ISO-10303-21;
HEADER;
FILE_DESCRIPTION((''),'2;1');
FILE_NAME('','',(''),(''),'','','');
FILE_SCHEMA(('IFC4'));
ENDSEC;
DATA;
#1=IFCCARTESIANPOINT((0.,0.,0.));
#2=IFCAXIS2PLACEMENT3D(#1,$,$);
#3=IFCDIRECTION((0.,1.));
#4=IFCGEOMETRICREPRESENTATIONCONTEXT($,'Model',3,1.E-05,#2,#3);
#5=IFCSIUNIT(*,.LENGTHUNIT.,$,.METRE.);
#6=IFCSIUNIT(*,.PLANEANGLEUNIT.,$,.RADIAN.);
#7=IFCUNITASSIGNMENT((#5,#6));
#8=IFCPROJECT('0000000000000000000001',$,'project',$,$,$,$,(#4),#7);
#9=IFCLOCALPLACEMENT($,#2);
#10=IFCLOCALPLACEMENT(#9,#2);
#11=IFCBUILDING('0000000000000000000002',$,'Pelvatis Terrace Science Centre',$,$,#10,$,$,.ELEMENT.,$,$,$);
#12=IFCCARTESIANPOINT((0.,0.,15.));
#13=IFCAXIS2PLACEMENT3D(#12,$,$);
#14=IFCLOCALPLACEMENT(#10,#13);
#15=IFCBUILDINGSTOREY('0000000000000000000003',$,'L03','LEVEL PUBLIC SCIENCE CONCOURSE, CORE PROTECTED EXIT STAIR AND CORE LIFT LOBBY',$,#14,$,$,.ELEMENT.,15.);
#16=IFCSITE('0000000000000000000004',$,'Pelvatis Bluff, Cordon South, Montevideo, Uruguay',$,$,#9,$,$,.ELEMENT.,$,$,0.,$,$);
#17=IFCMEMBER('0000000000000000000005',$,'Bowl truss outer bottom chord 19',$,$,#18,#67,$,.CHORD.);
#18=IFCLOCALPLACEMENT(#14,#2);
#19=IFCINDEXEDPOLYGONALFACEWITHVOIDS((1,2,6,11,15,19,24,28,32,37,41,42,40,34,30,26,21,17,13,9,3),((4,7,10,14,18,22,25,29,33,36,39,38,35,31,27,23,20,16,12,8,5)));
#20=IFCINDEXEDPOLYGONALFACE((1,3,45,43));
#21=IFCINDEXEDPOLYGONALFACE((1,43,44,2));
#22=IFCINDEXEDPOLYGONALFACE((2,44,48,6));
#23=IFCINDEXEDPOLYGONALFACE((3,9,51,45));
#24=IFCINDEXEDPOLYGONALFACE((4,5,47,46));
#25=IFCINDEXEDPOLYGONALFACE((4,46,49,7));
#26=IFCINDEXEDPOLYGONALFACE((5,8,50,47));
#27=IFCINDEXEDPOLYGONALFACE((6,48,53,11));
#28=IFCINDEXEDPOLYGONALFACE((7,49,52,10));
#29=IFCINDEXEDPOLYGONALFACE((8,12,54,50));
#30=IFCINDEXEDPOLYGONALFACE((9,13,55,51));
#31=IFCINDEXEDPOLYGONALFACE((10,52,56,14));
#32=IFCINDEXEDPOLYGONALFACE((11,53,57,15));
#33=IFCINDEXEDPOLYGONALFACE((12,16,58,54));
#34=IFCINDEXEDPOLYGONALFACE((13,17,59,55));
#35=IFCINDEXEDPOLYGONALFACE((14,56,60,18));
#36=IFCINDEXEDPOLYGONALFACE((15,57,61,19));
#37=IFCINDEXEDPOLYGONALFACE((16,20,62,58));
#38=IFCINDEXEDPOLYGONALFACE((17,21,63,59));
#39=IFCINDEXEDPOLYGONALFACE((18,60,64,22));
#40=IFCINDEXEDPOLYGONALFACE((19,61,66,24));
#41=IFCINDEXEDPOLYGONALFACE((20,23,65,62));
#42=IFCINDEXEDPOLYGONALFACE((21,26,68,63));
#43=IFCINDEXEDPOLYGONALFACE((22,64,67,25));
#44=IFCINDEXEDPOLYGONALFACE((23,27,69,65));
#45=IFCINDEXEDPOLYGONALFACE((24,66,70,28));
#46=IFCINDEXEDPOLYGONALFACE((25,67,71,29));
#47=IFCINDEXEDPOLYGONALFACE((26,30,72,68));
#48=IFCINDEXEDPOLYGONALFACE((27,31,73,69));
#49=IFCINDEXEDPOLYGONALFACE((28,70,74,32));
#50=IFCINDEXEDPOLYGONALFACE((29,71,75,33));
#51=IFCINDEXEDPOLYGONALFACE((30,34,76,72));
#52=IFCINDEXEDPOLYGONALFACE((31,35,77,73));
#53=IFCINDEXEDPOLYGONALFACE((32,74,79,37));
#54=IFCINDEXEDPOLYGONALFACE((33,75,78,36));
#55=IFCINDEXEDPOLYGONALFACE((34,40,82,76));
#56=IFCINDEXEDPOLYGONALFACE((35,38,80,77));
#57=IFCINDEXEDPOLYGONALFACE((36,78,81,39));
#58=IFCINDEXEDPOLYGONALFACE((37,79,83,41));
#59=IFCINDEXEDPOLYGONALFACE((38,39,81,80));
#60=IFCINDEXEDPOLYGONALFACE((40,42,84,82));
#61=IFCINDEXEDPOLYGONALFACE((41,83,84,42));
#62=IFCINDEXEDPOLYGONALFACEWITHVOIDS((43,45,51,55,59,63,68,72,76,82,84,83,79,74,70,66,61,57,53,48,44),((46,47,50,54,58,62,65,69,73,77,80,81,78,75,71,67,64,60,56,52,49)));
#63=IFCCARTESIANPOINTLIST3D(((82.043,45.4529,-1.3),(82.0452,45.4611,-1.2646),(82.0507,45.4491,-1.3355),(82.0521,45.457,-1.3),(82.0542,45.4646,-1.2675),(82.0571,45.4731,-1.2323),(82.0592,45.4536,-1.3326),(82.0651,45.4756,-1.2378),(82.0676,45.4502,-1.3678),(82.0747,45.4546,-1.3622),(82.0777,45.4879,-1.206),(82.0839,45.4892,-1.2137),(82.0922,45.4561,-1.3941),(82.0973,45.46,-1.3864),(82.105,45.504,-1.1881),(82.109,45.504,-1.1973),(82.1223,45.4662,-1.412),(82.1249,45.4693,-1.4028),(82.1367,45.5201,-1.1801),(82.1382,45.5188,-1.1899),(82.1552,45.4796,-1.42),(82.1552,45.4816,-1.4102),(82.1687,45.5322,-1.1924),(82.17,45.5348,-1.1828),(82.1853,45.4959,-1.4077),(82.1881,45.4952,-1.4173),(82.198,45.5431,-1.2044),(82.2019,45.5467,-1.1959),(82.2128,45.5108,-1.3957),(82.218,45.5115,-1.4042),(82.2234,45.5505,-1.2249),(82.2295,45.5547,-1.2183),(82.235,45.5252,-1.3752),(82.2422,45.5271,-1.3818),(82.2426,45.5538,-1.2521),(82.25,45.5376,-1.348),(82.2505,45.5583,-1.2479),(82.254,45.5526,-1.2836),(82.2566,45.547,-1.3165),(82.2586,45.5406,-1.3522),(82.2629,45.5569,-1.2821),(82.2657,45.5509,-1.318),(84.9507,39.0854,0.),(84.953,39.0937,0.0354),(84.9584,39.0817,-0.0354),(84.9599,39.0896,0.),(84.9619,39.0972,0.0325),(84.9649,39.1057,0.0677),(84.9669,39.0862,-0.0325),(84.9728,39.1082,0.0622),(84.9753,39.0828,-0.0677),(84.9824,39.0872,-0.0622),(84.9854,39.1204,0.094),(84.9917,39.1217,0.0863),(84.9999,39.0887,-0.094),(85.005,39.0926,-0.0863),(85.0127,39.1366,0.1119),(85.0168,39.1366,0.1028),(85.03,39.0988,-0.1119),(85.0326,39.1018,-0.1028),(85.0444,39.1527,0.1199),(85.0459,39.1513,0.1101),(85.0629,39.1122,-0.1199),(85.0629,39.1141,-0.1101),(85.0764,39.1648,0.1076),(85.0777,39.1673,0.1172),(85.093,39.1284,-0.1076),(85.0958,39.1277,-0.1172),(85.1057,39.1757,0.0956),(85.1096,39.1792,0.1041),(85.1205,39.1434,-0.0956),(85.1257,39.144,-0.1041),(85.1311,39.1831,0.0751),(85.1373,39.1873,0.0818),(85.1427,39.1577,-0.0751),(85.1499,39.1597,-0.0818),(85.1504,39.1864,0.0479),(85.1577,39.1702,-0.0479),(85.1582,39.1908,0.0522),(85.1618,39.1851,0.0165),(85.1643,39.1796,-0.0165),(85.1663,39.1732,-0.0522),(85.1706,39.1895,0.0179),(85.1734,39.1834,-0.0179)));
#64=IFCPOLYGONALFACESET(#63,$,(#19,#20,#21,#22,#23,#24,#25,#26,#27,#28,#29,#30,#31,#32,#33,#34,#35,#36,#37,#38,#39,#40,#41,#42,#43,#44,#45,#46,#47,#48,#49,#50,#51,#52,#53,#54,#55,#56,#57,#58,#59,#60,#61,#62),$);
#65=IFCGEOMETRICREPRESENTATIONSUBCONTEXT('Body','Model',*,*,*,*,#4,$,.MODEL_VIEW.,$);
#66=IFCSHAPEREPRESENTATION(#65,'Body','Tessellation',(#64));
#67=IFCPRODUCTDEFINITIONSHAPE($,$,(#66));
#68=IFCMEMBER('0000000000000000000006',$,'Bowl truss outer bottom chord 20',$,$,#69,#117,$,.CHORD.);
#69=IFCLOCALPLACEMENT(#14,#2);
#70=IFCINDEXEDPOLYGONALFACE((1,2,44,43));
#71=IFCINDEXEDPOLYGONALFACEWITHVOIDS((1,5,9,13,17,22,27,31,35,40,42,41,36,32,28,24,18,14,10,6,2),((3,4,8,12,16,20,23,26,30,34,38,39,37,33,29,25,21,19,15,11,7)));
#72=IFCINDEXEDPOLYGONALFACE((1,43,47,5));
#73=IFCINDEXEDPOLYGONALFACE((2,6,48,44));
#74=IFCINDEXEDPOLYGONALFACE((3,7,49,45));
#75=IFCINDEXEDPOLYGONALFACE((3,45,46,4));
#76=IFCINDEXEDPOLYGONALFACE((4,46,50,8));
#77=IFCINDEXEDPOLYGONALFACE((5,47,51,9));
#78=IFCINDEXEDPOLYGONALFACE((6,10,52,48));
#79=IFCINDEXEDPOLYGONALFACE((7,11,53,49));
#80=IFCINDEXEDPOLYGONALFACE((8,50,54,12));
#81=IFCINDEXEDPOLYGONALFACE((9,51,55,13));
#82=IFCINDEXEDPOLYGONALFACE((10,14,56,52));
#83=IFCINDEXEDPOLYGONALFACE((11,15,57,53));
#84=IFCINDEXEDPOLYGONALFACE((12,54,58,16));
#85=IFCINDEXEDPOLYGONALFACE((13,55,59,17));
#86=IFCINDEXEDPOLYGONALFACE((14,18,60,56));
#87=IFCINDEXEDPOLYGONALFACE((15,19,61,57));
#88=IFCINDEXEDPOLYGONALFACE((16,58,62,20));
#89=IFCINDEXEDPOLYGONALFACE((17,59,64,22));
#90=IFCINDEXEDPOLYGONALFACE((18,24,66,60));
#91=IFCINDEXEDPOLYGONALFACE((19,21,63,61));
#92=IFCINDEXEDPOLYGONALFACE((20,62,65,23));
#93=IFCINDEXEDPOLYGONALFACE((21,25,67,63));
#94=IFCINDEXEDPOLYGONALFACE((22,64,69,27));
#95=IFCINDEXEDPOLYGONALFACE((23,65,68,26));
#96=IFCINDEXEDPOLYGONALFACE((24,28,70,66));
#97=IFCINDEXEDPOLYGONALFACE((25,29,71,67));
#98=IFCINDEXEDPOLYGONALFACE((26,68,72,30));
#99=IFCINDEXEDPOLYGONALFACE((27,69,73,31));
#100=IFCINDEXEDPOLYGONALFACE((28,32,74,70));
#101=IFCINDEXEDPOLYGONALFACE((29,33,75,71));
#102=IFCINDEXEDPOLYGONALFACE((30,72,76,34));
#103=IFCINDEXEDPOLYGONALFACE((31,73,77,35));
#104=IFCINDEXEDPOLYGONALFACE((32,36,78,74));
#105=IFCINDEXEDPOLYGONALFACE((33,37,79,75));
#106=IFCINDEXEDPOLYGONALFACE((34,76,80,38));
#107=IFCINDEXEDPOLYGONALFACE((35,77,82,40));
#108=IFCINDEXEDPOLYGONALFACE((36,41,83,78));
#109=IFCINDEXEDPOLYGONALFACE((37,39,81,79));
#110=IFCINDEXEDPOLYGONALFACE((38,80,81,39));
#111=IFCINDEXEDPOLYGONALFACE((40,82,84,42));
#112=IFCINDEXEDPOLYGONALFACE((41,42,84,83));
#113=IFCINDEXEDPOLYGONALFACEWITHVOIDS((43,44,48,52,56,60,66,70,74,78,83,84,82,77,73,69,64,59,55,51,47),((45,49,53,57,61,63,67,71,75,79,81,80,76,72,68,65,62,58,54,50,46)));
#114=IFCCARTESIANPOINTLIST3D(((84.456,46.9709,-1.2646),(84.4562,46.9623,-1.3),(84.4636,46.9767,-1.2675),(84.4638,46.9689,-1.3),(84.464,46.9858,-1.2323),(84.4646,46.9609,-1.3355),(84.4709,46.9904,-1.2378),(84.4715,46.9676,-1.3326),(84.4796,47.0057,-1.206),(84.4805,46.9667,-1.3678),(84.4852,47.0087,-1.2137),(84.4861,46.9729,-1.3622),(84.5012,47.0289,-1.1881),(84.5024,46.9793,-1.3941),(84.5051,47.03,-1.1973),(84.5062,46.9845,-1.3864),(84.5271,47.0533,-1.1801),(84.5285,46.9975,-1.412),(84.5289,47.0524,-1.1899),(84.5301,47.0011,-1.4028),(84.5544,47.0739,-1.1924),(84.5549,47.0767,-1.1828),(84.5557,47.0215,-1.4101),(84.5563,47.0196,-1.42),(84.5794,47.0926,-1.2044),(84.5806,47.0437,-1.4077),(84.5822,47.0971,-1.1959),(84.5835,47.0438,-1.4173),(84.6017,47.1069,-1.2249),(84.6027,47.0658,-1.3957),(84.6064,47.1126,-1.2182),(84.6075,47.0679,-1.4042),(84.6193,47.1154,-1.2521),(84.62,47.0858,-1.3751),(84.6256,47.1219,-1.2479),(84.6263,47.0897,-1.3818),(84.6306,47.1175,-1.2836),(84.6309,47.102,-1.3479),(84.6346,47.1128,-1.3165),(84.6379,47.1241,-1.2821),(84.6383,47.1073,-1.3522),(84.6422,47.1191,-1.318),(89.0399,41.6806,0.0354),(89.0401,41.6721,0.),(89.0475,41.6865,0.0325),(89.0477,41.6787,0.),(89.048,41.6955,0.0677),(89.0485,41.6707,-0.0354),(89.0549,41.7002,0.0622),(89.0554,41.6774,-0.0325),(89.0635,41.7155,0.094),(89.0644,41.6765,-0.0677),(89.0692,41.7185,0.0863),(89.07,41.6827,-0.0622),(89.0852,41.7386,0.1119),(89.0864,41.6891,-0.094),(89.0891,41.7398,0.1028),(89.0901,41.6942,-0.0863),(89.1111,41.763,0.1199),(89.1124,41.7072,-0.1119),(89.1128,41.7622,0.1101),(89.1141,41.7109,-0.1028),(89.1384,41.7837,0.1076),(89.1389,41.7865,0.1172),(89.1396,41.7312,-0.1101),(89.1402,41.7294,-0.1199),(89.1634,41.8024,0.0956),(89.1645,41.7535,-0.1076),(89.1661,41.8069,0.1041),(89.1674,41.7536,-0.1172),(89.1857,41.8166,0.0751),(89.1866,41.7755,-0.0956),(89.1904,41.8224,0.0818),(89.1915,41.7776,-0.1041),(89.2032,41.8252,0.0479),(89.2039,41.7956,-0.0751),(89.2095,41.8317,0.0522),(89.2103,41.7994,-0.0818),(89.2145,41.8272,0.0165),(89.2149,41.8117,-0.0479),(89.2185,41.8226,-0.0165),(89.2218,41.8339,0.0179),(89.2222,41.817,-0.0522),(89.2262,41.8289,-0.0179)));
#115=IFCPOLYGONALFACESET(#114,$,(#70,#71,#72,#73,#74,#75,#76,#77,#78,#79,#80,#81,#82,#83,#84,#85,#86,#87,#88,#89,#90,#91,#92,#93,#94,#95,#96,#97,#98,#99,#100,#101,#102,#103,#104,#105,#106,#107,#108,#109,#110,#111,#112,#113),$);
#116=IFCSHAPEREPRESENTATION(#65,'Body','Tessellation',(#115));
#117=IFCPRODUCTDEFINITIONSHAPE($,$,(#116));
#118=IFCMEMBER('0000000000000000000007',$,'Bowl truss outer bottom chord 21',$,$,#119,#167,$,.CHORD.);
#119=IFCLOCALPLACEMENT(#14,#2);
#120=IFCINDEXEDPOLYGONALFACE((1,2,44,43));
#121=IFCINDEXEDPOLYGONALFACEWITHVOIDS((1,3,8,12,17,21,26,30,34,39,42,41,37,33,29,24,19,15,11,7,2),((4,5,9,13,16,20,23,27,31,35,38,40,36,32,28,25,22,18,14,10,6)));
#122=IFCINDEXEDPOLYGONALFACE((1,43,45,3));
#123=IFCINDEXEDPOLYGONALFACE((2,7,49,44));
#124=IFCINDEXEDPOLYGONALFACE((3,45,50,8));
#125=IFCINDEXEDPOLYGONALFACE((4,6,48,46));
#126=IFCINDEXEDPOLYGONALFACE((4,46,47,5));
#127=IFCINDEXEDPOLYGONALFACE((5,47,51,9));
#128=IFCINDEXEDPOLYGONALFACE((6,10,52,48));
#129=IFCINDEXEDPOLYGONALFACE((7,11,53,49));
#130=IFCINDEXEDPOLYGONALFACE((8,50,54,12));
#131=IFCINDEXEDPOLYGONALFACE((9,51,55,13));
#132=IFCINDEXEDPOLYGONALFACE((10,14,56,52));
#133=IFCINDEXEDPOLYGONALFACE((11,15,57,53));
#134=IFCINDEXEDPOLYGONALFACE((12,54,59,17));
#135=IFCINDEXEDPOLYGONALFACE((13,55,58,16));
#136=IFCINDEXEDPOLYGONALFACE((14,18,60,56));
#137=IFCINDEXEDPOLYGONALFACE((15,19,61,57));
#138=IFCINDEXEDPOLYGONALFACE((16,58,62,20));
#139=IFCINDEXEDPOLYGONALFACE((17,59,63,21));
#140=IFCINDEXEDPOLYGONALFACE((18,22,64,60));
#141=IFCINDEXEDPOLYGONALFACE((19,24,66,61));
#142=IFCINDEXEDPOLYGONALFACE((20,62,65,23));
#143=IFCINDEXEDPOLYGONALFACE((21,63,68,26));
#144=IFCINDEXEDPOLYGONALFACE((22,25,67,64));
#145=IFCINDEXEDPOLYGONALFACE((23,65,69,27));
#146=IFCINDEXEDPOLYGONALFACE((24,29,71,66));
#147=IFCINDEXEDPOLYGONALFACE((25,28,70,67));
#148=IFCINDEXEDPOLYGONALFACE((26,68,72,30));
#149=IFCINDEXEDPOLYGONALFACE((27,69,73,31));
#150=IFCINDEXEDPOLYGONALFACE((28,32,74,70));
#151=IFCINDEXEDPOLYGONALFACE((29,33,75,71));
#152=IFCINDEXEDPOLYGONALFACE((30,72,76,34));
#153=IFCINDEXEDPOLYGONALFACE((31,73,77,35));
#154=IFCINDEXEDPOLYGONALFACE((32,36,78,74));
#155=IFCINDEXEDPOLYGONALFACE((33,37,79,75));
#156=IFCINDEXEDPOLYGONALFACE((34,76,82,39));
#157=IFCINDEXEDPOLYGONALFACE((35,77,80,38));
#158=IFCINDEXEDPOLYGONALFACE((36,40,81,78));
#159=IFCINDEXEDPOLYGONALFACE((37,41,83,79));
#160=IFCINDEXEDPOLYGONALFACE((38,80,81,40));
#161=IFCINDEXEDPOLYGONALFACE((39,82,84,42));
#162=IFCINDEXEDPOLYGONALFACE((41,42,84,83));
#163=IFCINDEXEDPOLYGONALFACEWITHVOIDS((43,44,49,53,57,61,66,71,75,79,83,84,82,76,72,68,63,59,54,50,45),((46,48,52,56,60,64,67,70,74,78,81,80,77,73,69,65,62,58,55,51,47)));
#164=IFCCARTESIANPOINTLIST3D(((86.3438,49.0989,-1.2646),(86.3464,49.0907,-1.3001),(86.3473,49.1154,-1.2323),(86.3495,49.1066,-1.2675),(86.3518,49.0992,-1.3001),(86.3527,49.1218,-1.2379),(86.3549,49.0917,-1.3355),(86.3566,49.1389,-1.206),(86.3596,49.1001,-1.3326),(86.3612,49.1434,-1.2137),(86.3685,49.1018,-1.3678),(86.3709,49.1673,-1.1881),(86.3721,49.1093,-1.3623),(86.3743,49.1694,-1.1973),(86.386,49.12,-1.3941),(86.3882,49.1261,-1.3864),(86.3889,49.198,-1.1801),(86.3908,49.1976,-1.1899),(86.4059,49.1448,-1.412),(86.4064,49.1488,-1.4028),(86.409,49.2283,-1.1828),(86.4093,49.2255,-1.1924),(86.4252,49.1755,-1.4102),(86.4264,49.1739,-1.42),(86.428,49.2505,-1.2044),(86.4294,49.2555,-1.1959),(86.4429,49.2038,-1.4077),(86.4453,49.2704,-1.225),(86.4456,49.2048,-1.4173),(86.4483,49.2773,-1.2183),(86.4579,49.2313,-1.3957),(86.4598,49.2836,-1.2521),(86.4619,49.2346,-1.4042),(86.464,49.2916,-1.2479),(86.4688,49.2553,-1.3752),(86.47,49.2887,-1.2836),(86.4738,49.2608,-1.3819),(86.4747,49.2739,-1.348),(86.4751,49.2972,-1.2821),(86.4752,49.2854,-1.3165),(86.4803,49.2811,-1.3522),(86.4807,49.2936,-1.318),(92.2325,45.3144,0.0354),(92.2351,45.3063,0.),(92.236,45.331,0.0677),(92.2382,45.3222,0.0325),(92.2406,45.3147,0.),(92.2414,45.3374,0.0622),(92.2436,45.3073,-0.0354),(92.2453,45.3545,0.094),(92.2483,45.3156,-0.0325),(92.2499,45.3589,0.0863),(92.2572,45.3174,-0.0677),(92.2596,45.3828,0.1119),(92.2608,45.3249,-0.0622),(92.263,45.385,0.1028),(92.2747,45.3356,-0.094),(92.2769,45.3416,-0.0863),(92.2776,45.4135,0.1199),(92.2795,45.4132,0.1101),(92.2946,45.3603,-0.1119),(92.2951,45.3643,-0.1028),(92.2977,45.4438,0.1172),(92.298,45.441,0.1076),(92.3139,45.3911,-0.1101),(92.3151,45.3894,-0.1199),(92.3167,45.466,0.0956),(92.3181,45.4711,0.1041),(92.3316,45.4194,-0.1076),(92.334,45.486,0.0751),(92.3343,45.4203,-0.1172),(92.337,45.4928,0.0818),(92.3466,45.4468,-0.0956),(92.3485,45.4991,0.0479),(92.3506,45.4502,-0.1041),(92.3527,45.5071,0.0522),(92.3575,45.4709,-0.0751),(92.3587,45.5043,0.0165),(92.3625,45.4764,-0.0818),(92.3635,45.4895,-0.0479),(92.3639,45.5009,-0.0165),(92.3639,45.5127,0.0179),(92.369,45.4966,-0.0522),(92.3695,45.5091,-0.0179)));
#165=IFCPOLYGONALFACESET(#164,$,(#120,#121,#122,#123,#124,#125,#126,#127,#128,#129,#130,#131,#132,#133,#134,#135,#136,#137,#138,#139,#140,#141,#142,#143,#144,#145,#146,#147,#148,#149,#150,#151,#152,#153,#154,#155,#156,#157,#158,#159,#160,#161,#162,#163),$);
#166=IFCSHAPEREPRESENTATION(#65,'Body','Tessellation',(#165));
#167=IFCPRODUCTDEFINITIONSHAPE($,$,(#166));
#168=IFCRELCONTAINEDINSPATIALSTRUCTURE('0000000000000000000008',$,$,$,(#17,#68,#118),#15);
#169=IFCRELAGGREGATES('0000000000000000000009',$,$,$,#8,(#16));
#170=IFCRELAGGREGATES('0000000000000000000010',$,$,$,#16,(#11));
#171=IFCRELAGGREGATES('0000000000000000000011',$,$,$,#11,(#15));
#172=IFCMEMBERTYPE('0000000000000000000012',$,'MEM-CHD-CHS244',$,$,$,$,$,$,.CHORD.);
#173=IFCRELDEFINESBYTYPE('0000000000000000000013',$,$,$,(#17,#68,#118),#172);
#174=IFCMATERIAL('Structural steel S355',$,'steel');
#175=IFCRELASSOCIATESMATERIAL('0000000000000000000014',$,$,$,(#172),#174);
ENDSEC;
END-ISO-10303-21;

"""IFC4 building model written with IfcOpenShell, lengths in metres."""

from ifc_helpers import new_model, si_unit, direction, frame, origin, origin_2d, place, context, subcontext, project, spatial, hollow_circle, extrude, material, material_profile, profile_set, type_object, element, save


model = new_model("IFC4")

# Units and contexts
model_context = context("Model", 3, precision=1e-05, world=origin(), true_north=direction((0.0, 1.0)))
body_context = subcontext(model_context, "Body", "Model", "MODEL_VIEW")
ifc_project = project(units=[si_unit("LENGTHUNIT", "METRE"), si_unit("PLANEANGLEUNIT", "RADIAN")], contexts=[model_context])

# Site, building, storey
site_placement = place(None, origin())
site = spatial("IfcSite", under=ifc_project, at=site_placement, Name="Pelvatis Bluff, Cordon South, Montevideo, Uruguay", CompositionType="ELEMENT", RefElevation=0.0)
building_placement = place(site_placement, origin())
building = spatial("IfcBuilding", under=site, at=building_placement, Name="Pelvatis Terrace Science Centre", CompositionType="ELEMENT")
storey_placement = place(building_placement, frame((0.0, 0.0, 15.0)))
storey = spatial("IfcBuildingStorey", under=building, at=storey_placement, Name="L03", Description="LEVEL PUBLIC SCIENCE CONCOURSE, CORE PROTECTED EXIT STAIR AND CORE LIFT LOBBY", CompositionType="ELEMENT", Elevation=15.0)

# Members
ifc_material_1 = material(Name="Structural steel S355", Category="steel")
ifc_material_profile_1 = material_profile(ifc_material_1, hollow_circle(Radius=0.1223, WallThickness=0.01, at=origin_2d()), Name="CHS 244.5x10.0")
ifc_profile_set_1 = profile_set([ifc_material_profile_1], Name="Structural steel S355")
member_type_1 = type_object("IfcMemberType", Name="MEM-CHD-CHS244", PredefinedType="CHORD", material=ifc_profile_set_1)
for number, where, z_axis, x_axis, name in (
    (1, (85.062, 39.1362, 0.0), (-0.408408, 0.894349, -0.182601), (-0.909642, -0.415392, 0.0), "Bowl truss outer bottom chord 19"),
    (2, (89.1326, 41.7522, 0.0), (-0.643845, 0.743049, -0.182599), (-0.755755, -0.654855, 0.0), "Bowl truss outer bottom chord 20"),
    (3, (92.3013, 45.4092, 0.0), (-0.827109, 0.531551, -0.182602), (-0.540641, -0.841253, 0.0), "Bowl truss outer bottom chord 21"),
):
    element("IfcMember", number, at=place(storey_placement, frame(where, z_axis=z_axis, x_axis=x_axis)), inside=storey, type_object=member_type_1, Name=name, PredefinedType="CHORD", context=body_context, shape_type="SweptSolid", body=[
        extrude(hollow_circle(Radius=0.1223, WallThickness=0.01, at=origin_2d()), origin(), (0.0, 0.0, 1.0), 7.1196),
    ])

save(model, "model.ifc")
